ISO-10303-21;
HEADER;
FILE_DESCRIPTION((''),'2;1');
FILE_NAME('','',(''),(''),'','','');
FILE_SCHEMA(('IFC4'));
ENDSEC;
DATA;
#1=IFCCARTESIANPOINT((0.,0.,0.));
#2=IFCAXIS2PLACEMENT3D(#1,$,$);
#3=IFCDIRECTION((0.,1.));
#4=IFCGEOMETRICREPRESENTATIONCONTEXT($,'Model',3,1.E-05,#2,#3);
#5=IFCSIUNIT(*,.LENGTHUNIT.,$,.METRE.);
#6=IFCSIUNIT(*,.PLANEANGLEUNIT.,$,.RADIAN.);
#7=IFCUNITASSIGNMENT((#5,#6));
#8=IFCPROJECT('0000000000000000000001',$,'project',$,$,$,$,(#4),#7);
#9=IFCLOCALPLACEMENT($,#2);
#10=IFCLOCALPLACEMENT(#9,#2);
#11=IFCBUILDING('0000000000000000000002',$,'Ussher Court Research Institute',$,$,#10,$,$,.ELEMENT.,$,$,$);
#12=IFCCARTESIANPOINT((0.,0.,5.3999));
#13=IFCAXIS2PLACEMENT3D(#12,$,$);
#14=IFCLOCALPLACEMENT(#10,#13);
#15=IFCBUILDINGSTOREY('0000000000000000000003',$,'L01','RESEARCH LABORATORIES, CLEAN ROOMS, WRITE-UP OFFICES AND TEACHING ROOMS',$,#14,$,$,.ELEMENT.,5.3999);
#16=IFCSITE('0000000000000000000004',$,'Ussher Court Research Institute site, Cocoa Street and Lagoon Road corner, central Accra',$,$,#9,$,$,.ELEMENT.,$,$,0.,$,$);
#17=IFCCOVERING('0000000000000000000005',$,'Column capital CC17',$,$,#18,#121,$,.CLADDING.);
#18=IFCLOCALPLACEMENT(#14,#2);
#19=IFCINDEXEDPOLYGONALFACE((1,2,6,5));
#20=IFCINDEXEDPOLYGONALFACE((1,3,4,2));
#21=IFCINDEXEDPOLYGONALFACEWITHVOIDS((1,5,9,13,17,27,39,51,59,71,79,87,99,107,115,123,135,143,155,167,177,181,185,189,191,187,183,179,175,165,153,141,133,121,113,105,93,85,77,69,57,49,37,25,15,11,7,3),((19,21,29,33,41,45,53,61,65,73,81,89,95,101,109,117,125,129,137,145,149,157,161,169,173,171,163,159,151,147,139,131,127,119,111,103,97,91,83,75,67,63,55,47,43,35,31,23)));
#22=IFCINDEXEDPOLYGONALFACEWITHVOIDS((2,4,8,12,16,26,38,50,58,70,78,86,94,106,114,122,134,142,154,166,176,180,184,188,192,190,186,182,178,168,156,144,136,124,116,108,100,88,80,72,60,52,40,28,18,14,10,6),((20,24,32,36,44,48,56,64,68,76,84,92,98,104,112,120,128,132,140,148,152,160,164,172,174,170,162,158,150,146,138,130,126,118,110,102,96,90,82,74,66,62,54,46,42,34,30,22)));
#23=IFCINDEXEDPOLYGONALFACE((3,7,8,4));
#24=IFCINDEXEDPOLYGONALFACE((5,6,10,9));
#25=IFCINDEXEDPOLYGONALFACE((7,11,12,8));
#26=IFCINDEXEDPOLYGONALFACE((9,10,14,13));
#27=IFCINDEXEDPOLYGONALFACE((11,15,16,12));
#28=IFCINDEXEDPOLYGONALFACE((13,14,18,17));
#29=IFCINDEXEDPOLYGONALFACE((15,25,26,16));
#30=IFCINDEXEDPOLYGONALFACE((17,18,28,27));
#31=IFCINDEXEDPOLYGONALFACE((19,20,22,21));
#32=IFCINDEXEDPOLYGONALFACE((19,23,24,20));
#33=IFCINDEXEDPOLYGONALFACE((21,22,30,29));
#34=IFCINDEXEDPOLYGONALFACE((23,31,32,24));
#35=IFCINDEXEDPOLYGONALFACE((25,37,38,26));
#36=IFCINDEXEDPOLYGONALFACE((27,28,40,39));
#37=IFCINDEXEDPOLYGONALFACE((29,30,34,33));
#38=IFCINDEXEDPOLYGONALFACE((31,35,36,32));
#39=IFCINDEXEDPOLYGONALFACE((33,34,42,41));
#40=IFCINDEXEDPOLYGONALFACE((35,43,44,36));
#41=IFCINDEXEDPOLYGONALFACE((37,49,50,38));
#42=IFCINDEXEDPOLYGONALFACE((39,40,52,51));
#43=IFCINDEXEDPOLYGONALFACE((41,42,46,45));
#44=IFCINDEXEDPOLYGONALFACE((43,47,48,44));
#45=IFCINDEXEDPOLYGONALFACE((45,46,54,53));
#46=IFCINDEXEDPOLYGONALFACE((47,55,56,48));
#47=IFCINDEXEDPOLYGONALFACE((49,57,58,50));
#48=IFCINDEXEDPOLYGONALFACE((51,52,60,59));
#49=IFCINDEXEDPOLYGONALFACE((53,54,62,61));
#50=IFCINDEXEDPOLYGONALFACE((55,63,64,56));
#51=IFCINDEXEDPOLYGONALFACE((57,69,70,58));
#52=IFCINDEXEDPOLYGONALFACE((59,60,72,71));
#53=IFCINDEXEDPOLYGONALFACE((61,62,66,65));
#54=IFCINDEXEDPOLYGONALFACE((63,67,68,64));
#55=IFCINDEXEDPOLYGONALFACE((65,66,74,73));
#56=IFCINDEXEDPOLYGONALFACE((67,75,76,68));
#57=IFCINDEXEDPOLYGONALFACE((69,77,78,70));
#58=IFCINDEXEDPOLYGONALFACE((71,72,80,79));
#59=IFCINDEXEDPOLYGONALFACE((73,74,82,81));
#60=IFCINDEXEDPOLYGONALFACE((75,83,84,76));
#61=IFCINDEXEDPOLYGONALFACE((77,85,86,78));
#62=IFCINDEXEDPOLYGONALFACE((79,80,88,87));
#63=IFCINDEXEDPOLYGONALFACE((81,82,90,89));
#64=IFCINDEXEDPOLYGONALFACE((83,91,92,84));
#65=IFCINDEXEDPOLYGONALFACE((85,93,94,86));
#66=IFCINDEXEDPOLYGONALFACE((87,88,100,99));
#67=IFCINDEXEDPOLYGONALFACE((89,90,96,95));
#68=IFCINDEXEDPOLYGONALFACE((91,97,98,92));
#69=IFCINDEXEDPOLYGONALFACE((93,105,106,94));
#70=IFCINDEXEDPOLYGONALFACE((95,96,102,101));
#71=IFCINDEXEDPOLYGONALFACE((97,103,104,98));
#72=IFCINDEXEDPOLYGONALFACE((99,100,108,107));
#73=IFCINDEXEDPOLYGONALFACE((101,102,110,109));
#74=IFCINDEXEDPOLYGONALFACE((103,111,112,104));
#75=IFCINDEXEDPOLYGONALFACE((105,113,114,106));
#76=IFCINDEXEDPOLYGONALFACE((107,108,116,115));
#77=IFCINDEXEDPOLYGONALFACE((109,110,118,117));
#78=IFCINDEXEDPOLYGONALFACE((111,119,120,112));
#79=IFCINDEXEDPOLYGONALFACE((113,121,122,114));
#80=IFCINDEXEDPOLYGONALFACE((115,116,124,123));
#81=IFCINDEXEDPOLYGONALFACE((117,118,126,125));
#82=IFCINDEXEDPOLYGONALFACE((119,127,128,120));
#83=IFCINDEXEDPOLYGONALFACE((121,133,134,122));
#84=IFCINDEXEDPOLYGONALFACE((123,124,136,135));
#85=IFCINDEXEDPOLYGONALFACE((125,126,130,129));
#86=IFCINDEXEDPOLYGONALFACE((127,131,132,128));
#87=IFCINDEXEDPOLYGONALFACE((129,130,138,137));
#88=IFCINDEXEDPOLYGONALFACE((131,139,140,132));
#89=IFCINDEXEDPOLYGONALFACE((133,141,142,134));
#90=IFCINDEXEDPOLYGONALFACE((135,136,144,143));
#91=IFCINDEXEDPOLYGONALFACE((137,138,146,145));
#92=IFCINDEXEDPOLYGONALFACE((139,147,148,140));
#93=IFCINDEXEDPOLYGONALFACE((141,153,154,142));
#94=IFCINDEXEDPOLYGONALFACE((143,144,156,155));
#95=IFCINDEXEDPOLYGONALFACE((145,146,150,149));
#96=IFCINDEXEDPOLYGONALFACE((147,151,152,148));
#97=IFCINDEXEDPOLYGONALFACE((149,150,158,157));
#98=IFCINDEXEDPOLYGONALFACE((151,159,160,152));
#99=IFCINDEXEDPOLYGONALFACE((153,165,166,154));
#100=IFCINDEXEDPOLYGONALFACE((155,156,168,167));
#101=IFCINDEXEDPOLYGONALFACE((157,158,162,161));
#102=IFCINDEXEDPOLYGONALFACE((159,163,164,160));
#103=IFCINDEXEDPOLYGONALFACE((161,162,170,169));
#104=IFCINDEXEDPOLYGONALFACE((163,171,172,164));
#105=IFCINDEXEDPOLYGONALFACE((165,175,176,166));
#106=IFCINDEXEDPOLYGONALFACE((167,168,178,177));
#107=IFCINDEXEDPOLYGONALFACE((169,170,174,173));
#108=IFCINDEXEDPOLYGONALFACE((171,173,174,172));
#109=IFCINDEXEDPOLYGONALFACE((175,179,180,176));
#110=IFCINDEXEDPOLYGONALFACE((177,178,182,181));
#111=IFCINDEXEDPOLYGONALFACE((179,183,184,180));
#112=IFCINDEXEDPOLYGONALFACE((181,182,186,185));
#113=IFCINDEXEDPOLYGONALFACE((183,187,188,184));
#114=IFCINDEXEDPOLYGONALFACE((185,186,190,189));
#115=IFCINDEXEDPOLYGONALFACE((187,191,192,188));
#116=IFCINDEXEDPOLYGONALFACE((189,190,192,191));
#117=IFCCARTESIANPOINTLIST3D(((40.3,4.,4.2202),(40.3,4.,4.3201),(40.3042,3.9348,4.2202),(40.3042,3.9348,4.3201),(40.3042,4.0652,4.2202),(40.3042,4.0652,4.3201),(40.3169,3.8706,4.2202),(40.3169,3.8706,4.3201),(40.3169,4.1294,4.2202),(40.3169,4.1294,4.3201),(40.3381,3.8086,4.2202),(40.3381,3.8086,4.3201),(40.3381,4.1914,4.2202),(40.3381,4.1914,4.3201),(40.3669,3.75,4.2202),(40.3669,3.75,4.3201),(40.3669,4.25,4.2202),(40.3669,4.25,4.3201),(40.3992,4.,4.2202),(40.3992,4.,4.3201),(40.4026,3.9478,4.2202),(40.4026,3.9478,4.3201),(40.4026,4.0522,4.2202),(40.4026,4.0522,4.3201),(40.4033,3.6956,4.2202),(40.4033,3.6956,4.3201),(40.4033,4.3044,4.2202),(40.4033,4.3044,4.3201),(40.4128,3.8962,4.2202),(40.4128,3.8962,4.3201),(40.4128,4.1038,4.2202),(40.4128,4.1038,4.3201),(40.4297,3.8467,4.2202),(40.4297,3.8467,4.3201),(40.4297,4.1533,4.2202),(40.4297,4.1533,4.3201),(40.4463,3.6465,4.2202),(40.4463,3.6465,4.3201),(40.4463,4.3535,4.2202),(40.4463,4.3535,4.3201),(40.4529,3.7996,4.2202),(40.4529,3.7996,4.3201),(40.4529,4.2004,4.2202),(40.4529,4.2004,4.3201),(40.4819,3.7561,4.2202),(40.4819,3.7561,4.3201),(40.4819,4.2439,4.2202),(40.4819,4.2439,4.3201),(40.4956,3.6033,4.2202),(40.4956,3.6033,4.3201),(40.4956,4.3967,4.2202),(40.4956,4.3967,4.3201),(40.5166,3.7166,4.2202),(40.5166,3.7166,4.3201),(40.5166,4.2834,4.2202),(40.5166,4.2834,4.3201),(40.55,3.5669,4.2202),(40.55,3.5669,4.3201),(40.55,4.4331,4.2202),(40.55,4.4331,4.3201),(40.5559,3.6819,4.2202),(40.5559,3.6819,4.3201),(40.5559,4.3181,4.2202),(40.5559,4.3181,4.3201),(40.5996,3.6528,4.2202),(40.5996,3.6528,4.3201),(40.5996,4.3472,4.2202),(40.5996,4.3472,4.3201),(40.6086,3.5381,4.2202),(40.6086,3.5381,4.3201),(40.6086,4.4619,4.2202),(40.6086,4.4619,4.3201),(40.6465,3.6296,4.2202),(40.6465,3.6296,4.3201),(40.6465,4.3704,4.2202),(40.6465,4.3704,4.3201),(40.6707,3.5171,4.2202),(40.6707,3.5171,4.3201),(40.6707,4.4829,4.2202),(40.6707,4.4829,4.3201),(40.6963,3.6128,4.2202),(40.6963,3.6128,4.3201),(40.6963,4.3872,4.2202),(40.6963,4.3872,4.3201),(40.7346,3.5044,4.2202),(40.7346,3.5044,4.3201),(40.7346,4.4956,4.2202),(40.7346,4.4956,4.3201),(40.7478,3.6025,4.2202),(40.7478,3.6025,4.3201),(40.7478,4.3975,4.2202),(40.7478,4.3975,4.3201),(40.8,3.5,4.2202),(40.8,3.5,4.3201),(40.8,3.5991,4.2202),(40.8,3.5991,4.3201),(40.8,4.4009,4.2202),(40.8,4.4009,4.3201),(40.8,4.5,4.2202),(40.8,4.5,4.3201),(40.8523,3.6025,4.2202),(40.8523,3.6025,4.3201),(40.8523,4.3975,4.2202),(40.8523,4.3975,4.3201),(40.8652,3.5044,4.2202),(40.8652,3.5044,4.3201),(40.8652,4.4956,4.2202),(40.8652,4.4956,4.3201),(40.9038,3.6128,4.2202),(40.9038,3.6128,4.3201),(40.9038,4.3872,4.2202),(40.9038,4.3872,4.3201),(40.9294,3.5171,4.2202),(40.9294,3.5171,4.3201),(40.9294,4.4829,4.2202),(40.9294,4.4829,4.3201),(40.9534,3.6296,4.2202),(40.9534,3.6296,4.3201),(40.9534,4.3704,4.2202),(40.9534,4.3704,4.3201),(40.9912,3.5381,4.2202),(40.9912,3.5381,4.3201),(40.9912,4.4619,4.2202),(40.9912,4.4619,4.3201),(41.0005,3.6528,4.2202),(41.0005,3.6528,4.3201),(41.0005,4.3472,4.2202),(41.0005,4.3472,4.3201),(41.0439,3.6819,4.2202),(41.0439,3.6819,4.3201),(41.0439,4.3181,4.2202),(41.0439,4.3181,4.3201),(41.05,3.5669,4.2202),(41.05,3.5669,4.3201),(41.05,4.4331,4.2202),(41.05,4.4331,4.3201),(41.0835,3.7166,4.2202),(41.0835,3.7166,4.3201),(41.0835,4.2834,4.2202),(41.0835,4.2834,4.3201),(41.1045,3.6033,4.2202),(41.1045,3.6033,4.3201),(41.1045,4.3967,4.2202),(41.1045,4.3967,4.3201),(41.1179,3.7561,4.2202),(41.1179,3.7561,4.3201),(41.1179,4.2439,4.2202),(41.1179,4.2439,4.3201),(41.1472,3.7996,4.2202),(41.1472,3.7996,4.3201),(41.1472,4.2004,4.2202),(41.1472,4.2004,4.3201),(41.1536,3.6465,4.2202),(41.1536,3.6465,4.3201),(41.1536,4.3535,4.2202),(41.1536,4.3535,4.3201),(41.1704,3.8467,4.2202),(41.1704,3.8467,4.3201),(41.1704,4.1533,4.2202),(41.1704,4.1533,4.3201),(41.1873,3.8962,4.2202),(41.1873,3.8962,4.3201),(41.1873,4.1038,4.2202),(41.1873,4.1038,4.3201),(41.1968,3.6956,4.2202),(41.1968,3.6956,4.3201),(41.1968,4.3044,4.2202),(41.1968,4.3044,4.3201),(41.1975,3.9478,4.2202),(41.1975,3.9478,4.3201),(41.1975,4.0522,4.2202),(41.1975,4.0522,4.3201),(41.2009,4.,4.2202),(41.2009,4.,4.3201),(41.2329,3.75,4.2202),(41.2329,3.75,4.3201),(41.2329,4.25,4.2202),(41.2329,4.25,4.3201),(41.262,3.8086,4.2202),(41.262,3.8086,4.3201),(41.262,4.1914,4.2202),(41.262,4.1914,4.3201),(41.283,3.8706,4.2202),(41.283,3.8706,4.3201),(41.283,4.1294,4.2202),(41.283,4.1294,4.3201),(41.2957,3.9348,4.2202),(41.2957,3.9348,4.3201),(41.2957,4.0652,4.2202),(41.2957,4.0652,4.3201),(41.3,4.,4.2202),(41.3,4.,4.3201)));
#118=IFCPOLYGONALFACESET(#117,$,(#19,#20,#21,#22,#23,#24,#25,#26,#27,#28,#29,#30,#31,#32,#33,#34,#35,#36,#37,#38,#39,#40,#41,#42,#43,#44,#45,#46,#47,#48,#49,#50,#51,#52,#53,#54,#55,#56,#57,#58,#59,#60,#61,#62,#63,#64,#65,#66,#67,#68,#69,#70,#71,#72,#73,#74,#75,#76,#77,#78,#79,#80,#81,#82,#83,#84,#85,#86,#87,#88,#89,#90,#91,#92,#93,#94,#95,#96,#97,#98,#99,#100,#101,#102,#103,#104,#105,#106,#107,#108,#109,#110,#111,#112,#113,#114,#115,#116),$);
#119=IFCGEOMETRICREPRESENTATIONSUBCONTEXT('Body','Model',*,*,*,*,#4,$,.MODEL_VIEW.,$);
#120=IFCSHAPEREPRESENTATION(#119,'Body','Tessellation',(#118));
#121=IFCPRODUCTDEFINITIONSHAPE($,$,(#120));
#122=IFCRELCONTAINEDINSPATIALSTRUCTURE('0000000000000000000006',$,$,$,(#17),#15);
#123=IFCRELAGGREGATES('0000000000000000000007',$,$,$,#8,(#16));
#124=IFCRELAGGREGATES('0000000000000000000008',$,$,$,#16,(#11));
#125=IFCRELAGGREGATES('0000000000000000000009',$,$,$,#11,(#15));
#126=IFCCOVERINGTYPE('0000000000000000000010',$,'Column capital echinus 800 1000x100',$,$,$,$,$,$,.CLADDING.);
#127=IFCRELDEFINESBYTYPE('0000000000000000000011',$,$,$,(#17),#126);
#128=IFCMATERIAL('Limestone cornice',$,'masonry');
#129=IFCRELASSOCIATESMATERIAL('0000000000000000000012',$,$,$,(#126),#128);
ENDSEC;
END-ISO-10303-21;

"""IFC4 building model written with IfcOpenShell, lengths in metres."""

from ifc_helpers import new_model, si_unit, direction, frame, origin, place, context, subcontext, project, spatial, polyline, outline, extrude, material, type_object, element, save


model = new_model("IFC4")

# Units and contexts
model_context = context("Model", 3, precision=1e-05, world=origin(), true_north=direction((0.0, 1.0)))
body_context = subcontext(model_context, "Body", "Model", "MODEL_VIEW")
ifc_project = project(units=[si_unit("LENGTHUNIT", "METRE"), si_unit("PLANEANGLEUNIT", "RADIAN")], contexts=[model_context])

# Site, building, storey
site_placement = place(None, origin())
site = spatial("IfcSite", under=ifc_project, at=site_placement, Name="Ussher Court Research Institute site, Cocoa Street and Lagoon Road corner, central Accra", CompositionType="ELEMENT", RefElevation=0.0)
building_placement = place(site_placement, origin())
building = spatial("IfcBuilding", under=site, at=building_placement, Name="Ussher Court Research Institute", CompositionType="ELEMENT")
storey_placement = place(building_placement, frame((0.0, 0.0, 5.3999)))
storey = spatial("IfcBuildingStorey", under=building, at=storey_placement, Name="L01", Description="RESEARCH LABORATORIES, CLEAN ROOMS, WRITE-UP OFFICES AND TEACHING ROOMS", CompositionType="ELEMENT", Elevation=5.3999)

# Covering
ifc_material_1 = material(Name="Limestone cornice", Category="masonry")
covering_type_1 = type_object("IfcCoveringType", Name="Column capital echinus 800 1000x100", PredefinedType="CLADDING", material=ifc_material_1)
covering_1_placement = place(storey_placement, frame((0.0, 0.0, 4.2202)))
element("IfcCovering", 1, at=covering_1_placement, inside=storey, type_object=covering_type_1, Name="Column capital CC17", PredefinedType="CLADDING", context=body_context, shape_type="SweptSolid", body=[
    extrude(outline(polyline([(41.3, 4.0), (41.2957, 4.0652), (41.283, 4.1294), (41.262, 4.1914), (41.2329, 4.25), (41.1968, 4.3044), (41.1536, 4.3535), (41.1045, 4.3967), (41.05, 4.4331), (40.9912, 4.4619), (40.9294, 4.4829), (40.8652, 4.4956), (40.8, 4.5), (40.7346, 4.4956), (40.6707, 4.4829), (40.6086, 4.4619), (40.55, 4.4331), (40.4956, 4.3967), (40.4463, 4.3535), (40.4033, 4.3044), (40.3669, 4.25), (40.3381, 4.1914), (40.3169, 4.1294), (40.3042, 4.0652), (40.3, 4.0), (40.3042, 3.9348), (40.3169, 3.8706), (40.3381, 3.8086), (40.3669, 3.75), (40.4033, 3.6956), (40.4463, 3.6465), (40.4956, 3.6033), (40.55, 3.5669), (40.6086, 3.5381), (40.6707, 3.5171), (40.7346, 3.5044), (40.8, 3.5), (40.8652, 3.5044), (40.9294, 3.5171), (40.9912, 3.5381), (41.05, 3.5669), (41.1045, 3.6033), (41.1536, 3.6465), (41.1968, 3.6956), (41.2329, 3.75), (41.262, 3.8086), (41.283, 3.8706), (41.2957, 3.9348), (41.3, 4.0)]), holes=[polyline([(41.2009, 4.0), (41.1975, 4.0522), (41.1873, 4.1038), (41.1704, 4.1533), (41.1472, 4.2004), (41.1179, 4.2439), (41.0835, 4.2834), (41.0439, 4.3181), (41.0005, 4.3472), (40.9534, 4.3704), (40.9038, 4.3872), (40.8523, 4.3975), (40.8, 4.4009), (40.7478, 4.3975), (40.6963, 4.3872), (40.6465, 4.3704), (40.5996, 4.3472), (40.5559, 4.3181), (40.5166, 4.2834), (40.4819, 4.2439), (40.4529, 4.2004), (40.4297, 4.1533), (40.4128, 4.1038), (40.4026, 4.0522), (40.3992, 4.0), (40.4026, 3.9478), (40.4128, 3.8962), (40.4297, 3.8467), (40.4529, 3.7996), (40.4819, 3.7561), (40.5166, 3.7166), (40.5559, 3.6819), (40.5996, 3.6528), (40.6465, 3.6296), (40.6963, 3.6128), (40.7478, 3.6025), (40.8, 3.5991), (40.8523, 3.6025), (40.9038, 3.6128), (40.9534, 3.6296), (41.0005, 3.6528), (41.0439, 3.6819), (41.0835, 3.7166), (41.1179, 3.7561), (41.1472, 3.7996), (41.1704, 3.8467), (41.1873, 3.8962), (41.1975, 3.9478), (41.2009, 4.0)])]), origin(), (0.0, 0.0, 1.0), 0.0999),
])

save(model, "model.ifc")
